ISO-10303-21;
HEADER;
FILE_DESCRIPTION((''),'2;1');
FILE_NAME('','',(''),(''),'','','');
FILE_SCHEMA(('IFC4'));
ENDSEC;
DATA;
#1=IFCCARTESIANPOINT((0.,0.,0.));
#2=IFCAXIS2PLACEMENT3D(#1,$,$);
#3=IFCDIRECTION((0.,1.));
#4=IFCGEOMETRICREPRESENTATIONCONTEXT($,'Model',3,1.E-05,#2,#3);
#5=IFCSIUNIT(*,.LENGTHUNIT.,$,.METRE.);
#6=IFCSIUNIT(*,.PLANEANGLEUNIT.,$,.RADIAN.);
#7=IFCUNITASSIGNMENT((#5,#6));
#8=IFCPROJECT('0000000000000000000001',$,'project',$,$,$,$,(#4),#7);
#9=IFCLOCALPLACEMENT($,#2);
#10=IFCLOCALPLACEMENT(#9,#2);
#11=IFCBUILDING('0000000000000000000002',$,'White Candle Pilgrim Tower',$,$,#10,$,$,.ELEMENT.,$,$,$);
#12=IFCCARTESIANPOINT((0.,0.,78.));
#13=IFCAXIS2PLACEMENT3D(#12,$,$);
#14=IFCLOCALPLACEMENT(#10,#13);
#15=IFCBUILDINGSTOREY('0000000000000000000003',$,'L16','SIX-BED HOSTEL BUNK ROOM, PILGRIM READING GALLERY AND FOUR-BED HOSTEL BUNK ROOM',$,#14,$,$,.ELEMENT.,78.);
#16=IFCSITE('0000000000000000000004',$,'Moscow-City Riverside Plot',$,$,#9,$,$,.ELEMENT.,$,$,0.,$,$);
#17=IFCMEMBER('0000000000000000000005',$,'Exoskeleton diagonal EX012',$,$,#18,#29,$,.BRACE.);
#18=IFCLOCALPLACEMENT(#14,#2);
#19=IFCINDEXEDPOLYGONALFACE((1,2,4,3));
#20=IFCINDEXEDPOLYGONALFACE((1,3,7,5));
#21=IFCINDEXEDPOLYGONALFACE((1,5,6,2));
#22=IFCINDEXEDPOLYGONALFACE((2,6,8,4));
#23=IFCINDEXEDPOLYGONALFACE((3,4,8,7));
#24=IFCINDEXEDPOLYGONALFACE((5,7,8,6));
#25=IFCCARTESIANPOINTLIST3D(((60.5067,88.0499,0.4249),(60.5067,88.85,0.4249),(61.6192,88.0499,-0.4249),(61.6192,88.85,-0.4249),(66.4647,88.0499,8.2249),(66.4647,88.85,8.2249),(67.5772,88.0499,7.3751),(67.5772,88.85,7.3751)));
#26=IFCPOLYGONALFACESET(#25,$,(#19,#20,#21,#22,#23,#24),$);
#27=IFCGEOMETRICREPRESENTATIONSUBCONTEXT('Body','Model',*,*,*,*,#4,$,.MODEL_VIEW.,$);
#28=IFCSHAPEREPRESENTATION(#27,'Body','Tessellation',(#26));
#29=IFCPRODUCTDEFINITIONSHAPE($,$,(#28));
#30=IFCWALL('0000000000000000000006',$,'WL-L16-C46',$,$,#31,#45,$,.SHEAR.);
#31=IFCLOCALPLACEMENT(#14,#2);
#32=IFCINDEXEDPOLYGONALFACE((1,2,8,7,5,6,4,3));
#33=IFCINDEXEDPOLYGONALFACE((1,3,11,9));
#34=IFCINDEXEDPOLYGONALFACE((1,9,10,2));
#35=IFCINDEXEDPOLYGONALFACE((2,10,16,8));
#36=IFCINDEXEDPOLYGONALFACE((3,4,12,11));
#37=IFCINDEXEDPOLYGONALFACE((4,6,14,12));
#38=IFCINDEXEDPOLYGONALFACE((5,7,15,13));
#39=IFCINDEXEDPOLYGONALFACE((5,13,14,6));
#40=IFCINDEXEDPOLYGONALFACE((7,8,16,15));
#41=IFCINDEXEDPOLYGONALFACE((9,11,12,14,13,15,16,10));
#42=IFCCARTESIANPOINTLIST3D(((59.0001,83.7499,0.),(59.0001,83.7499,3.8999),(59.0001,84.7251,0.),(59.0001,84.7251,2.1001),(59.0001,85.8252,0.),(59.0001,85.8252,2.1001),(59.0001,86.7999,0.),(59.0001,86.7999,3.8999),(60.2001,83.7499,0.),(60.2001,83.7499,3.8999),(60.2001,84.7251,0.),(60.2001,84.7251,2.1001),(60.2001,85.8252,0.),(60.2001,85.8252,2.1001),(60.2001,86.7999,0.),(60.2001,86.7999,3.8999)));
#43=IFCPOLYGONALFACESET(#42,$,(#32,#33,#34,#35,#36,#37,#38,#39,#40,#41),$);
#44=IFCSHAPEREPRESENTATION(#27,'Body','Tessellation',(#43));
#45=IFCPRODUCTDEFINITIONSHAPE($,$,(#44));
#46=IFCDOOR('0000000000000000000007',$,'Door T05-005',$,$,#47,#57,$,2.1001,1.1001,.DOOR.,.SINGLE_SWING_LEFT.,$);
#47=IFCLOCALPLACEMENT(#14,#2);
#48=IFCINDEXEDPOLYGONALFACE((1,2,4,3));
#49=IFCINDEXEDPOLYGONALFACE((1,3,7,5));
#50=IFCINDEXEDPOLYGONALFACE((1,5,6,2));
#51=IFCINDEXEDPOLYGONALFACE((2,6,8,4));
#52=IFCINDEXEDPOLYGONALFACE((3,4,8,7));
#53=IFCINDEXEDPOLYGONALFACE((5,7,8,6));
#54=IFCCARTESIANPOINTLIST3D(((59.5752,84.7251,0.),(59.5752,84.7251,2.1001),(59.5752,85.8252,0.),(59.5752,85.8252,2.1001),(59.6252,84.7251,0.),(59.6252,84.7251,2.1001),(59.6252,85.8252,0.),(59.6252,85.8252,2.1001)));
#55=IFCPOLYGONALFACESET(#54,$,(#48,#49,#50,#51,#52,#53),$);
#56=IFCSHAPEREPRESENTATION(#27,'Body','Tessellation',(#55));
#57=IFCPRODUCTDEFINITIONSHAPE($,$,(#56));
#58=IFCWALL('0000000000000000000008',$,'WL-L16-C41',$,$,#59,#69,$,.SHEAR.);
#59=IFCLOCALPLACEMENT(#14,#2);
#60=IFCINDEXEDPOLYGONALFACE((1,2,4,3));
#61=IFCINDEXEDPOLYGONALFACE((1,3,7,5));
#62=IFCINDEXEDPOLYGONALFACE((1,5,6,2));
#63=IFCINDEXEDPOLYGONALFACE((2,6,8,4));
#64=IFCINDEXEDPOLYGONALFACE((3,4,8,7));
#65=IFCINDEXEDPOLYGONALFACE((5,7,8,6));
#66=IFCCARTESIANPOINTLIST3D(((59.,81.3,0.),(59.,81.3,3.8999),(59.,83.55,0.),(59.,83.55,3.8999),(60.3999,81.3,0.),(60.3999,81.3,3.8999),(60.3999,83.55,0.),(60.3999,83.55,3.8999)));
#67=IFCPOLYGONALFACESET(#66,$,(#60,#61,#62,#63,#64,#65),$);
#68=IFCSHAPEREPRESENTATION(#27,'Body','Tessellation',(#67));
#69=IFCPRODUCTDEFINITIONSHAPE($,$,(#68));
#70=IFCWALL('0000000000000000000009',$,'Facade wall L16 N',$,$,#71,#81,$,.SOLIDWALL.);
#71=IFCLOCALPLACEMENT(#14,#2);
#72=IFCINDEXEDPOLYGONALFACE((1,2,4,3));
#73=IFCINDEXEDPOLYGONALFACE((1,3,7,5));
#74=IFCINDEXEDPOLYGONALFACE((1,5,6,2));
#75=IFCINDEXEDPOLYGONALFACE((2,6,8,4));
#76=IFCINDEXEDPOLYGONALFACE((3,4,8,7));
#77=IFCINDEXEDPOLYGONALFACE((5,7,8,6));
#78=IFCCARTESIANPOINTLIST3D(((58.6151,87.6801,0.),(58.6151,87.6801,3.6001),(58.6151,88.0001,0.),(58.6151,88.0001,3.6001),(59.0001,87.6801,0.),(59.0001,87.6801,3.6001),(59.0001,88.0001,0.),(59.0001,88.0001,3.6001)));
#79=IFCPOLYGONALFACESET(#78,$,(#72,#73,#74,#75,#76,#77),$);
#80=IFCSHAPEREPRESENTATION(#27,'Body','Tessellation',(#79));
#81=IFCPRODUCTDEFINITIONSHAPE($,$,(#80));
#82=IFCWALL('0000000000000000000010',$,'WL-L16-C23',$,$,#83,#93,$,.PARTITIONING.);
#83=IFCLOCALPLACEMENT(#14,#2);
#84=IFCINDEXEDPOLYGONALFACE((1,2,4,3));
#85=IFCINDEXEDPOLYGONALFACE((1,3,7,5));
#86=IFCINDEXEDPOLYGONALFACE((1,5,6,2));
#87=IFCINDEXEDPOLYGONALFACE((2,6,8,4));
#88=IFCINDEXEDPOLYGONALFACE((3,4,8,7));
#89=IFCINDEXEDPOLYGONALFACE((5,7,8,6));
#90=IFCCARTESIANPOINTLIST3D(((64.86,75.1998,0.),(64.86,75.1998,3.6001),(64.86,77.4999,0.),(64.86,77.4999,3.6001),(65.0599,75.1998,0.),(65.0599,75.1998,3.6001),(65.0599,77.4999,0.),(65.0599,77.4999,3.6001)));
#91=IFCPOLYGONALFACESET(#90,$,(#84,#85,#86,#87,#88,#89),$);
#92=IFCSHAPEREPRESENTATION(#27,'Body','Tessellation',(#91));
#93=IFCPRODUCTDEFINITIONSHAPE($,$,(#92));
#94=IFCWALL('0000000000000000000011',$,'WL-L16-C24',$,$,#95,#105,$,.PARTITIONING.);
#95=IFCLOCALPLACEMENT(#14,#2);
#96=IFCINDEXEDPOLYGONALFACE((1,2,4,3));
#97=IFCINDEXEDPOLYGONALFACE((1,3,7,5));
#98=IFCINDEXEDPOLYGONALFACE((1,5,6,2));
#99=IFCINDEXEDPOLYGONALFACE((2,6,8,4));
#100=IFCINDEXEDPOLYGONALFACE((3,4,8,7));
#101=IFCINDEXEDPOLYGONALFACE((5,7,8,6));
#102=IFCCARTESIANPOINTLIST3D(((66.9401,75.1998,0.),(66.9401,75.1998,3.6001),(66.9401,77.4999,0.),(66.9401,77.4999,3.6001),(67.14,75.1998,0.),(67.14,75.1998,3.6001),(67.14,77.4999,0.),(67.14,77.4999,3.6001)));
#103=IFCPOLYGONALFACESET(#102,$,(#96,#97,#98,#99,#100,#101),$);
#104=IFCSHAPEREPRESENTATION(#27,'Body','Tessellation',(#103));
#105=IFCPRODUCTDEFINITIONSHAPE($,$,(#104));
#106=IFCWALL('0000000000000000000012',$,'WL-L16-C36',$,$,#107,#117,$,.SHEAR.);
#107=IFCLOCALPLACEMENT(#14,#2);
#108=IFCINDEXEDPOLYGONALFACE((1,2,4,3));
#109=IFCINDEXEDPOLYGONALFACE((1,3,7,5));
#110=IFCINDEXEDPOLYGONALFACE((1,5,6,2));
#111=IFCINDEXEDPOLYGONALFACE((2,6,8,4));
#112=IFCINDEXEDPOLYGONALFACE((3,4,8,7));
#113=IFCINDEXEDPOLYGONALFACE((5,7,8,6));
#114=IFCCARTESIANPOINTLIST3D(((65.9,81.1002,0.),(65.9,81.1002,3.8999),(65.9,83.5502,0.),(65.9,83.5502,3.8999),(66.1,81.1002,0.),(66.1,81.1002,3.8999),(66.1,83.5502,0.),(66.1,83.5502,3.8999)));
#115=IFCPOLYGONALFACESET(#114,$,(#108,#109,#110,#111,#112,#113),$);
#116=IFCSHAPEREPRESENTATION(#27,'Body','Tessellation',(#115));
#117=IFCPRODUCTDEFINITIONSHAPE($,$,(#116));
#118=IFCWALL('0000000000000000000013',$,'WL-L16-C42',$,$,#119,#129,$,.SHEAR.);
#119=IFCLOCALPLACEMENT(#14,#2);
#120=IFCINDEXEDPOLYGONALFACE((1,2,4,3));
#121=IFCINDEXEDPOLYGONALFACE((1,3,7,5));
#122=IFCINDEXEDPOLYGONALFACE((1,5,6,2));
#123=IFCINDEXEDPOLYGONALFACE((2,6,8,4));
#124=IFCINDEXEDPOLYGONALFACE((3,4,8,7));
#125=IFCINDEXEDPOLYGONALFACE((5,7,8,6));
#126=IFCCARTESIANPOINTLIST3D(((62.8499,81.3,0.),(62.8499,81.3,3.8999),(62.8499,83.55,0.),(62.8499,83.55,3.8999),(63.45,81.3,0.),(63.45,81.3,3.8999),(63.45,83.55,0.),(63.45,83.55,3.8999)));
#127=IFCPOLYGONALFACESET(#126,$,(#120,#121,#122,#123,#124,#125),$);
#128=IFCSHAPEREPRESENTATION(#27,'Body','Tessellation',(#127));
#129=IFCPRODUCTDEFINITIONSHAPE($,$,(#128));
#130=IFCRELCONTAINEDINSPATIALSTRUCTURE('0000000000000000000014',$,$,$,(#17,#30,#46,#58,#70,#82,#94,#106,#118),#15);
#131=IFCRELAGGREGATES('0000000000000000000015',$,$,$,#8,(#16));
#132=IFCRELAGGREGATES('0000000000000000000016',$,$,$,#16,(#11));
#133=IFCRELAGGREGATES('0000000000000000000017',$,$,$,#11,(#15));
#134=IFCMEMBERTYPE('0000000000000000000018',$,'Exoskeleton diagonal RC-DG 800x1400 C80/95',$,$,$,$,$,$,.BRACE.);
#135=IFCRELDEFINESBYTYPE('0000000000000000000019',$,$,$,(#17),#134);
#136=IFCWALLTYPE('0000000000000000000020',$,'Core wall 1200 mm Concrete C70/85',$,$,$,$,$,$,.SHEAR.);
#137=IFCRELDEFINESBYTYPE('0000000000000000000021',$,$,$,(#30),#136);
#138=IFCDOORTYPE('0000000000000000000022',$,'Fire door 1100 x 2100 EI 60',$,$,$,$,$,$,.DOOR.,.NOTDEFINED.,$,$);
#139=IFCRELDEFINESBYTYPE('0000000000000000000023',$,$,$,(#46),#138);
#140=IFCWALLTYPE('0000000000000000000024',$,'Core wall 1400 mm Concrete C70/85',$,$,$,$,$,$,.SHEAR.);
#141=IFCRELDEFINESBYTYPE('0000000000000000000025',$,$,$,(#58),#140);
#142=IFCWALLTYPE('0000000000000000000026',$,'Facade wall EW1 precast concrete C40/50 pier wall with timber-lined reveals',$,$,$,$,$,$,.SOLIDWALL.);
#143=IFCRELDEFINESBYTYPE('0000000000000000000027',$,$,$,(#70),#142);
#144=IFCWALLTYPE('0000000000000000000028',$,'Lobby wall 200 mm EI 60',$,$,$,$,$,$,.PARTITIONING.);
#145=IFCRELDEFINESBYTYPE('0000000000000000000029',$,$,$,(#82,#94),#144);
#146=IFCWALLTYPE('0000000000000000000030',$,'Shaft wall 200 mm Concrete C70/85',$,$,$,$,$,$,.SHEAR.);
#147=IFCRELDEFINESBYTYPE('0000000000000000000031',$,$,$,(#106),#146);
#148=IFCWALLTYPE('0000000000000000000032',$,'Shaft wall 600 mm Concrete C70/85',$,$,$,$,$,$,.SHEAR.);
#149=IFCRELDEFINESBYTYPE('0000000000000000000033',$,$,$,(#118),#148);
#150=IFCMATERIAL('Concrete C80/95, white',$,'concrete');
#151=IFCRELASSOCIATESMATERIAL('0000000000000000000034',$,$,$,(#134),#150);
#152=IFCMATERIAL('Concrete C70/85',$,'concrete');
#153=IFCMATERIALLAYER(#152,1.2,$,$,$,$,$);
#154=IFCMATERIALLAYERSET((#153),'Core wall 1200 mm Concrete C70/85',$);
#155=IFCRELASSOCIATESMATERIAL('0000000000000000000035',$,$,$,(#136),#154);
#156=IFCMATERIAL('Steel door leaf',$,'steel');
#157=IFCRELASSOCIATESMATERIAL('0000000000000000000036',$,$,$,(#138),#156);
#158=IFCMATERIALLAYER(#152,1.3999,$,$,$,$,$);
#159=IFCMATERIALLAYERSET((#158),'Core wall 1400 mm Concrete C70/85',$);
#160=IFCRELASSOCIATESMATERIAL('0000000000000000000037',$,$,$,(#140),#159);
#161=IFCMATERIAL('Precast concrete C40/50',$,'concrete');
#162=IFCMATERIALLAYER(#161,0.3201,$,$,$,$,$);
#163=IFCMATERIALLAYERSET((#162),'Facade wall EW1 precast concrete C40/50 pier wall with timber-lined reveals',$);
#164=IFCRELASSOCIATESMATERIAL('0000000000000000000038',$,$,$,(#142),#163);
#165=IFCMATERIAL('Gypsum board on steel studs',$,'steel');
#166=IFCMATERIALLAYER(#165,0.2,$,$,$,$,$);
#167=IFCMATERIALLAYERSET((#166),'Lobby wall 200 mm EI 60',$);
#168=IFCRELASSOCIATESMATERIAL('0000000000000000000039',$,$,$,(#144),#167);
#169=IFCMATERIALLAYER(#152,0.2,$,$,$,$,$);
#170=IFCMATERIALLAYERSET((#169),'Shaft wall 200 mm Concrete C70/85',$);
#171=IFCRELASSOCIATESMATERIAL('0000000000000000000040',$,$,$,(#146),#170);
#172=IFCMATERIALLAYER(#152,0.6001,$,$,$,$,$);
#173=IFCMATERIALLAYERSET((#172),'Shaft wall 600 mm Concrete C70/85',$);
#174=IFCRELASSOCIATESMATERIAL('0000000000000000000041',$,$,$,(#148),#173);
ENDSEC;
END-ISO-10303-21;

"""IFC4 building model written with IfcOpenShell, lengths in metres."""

from ifc_helpers import new_model, si_unit, direction, frame, frame_2d, origin, origin_2d, place, context, subcontext, project, spatial, rectangle, extrude, material, layer, layer_set, material_profile, profile_set, type_object, element, fill, save


model = new_model("IFC4")

# Units and contexts
model_context = context("Model", 3, precision=1e-05, world=origin(), true_north=direction((0.0, 1.0)))
body_context = subcontext(model_context, "Body", "Model", "MODEL_VIEW")
ifc_project = project(units=[si_unit("LENGTHUNIT", "METRE"), si_unit("PLANEANGLEUNIT", "RADIAN")], contexts=[model_context])

# Site, building, storey
site_placement = place(None, origin())
site = spatial("IfcSite", under=ifc_project, at=site_placement, Name="Moscow-City Riverside Plot", CompositionType="ELEMENT", RefElevation=0.0)
building_placement = place(site_placement, origin())
building = spatial("IfcBuilding", under=site, at=building_placement, Name="White Candle Pilgrim Tower", CompositionType="ELEMENT")
storey_placement = place(building_placement, frame((0.0, 0.0, 78.0)))
storey = spatial("IfcBuildingStorey", under=building, at=storey_placement, Name="L16", Description="SIX-BED HOSTEL BUNK ROOM, PILGRIM READING GALLERY AND FOUR-BED HOSTEL BUNK ROOM", CompositionType="ELEMENT", Elevation=78.0)

# Member
ifc_material_1 = material(Name="Concrete C80/95, white", Category="concrete")
ifc_material_profile = material_profile(ifc_material_1, rectangle(XDim=0.8, YDim=1.3999, at=origin_2d()), Name="RC-DG 800x1400")
ifc_profile_set = profile_set([ifc_material_profile], Name="Concrete C80/95, white")
member_type = type_object("IfcMemberType", Name="Exoskeleton diagonal RC-DG 800x1400 C80/95", PredefinedType="BRACE", material=ifc_profile_set)
member_placement = place(storey_placement, frame((61.063, 88.45, 0.0), z_axis=(0.607017, 0.0, 0.794689), x_axis=(0.0, 1.0, 0.0)))
element("IfcMember", 1, at=member_placement, inside=storey, type_object=member_type, Name="Exoskeleton diagonal EX012", PredefinedType="BRACE", context=body_context, shape_type="SweptSolid", body=[
    extrude(rectangle(XDim=0.8, YDim=1.3999, at=origin_2d()), origin(), (0.0, 0.0, 1.0), 9.8152),
])

# Wall, opening, door
ifc_material_2 = material(Name="Concrete C70/85", Category="concrete")
ifc_layer_1 = layer(ifc_material_2, 1.2)
ifc_layer_set_1 = layer_set([ifc_layer_1], Name="Core wall 1200 mm Concrete C70/85")
wall_type_1 = type_object("IfcWallType", Name="Core wall 1200 mm Concrete C70/85", PredefinedType="SHEAR", material=ifc_layer_set_1)
wall_1_placement = place(storey_placement, frame((59.6001, 83.75, 0.0), z_axis=(0.0, 0.0, 1.0), x_axis=(0.0, 1.0, 0.0)))
wall_1 = element("IfcWall", 2, at=wall_1_placement, inside=storey, type_object=wall_type_1, Name="WL-L16-C46", PredefinedType="SHEAR", context=body_context, shape_type="SweptSolid", body=[
    extrude(rectangle(XDim=3.05, YDim=1.2, at=frame_2d((1.5249, 0.0))), origin(), (0.0, 0.0, 1.0), 3.8999),
])
opening_1_placement = place(wall_1_placement, frame((0.9751, 0.0, 0.0)))
opening_1 = element("IfcOpeningElement", 3, at=opening_1_placement, cuts=wall_1, PredefinedType="OPENING", context=body_context, shape_type="SweptSolid", body=[
    extrude(rectangle(XDim=1.1001, YDim=2.1001, at=frame_2d((0.55, 1.05))), frame((0.0, 0.6099, 0.0), z_axis=(0.0, -1.0, 0.0), x_axis=(1.0, 0.0, 0.0)), (0.0, 0.0, 1.0), 1.22),
])
ifc_material_3 = material(Name="Steel door leaf", Category="steel")
door_type_1 = type_object("IfcDoorType", Name="Fire door 1100 x 2100 EI 60", OperationType="NOTDEFINED", PredefinedType="DOOR", material=ifc_material_3)
door_1_placement = place(opening_1_placement, origin())
door_1 = element("IfcDoor", 4, at=door_1_placement, inside=storey, type_object=door_type_1, Name="Door T05-005", OperationType="SINGLE_SWING_LEFT", OverallHeight=2.1001, OverallWidth=1.1001, PredefinedType="DOOR", context=body_context, shape_type="SweptSolid", body=[
    extrude(rectangle(XDim=1.1001, YDim=2.1001, at=frame_2d((0.55, 1.05))), frame((0.0, 0.0249, 0.0), z_axis=(0.0, -1.0, 0.0), x_axis=(1.0, 0.0, 0.0)), (0.0, 0.0, 1.0), 0.05),
])
fill(opening_1, door_1)

# Walls
ifc_layer_2 = layer(ifc_material_2, 1.3999)
ifc_layer_set_2 = layer_set([ifc_layer_2], Name="Core wall 1400 mm Concrete C70/85")
wall_type_2 = type_object("IfcWallType", Name="Core wall 1400 mm Concrete C70/85", PredefinedType="SHEAR", material=ifc_layer_set_2)
wall_2_placement = place(storey_placement, frame((59.7, 81.3, 0.0), z_axis=(0.0, 0.0, 1.0), x_axis=(0.0, 1.0, 0.0)))
element("IfcWall", 5, at=wall_2_placement, inside=storey, type_object=wall_type_2, Name="WL-L16-C41", PredefinedType="SHEAR", context=body_context, shape_type="SweptSolid", body=[
    extrude(rectangle(XDim=2.25, YDim=1.3999, at=frame_2d((1.125, 0.0))), origin(), (0.0, 0.0, 1.0), 3.8999),
])
ifc_material_4 = material(Name="Precast concrete C40/50", Category="concrete")
ifc_layer_3 = layer(ifc_material_4, 0.3201)
ifc_layer_set_3 = layer_set([ifc_layer_3], Name="Facade wall EW1 precast concrete C40/50 pier wall with timber-lined reveals")
wall_type_3 = type_object("IfcWallType", Name="Facade wall EW1 precast concrete C40/50 pier wall with timber-lined reveals", PredefinedType="SOLIDWALL", material=ifc_layer_set_3)
wall_3_placement = place(storey_placement, frame((59.0, 87.8401, 0.0), z_axis=(0.0, 0.0, 1.0), x_axis=(-1.0, 0.0, 0.0)))
element("IfcWall", 6, at=wall_3_placement, inside=storey, type_object=wall_type_3, Name="Facade wall L16 N", PredefinedType="SOLIDWALL", context=body_context, shape_type="SweptSolid", body=[
    extrude(rectangle(XDim=0.385, YDim=0.3201, at=frame_2d((0.1924, 0.0))), origin(), (0.0, 0.0, 1.0), 3.6001),
])
ifc_material_5 = material(Name="Gypsum board on steel studs", Category="steel")
ifc_layer_4 = layer(ifc_material_5, 0.2)
ifc_layer_set_4 = layer_set([ifc_layer_4], Name="Lobby wall 200 mm EI 60")
wall_type_4 = type_object("IfcWallType", Name="Lobby wall 200 mm EI 60", PredefinedType="PARTITIONING", material=ifc_layer_set_4)
for number, where, z_axis, x_axis, name in (
    (7, (64.96, 75.2, 0.0), (0.0, 0.0, 1.0), (0.0, 1.0, 0.0), "WL-L16-C23"),
    (8, (67.04, 75.2, 0.0), (0.0, 0.0, 1.0), (0.0, 1.0, 0.0), "WL-L16-C24"),
):
    element("IfcWall", number, at=place(storey_placement, frame(where, z_axis=z_axis, x_axis=x_axis)), inside=storey, type_object=wall_type_4, Name=name, PredefinedType="PARTITIONING", context=body_context, shape_type="SweptSolid", body=[
        extrude(rectangle(XDim=2.3, YDim=0.2, at=frame_2d((1.1499, 0.0))), origin(), (0.0, 0.0, 1.0), 3.6001),
    ])
ifc_layer_5 = layer(ifc_material_2, 0.2)
ifc_layer_set_5 = layer_set([ifc_layer_5], Name="Shaft wall 200 mm Concrete C70/85")
wall_type_5 = type_object("IfcWallType", Name="Shaft wall 200 mm Concrete C70/85", PredefinedType="SHEAR", material=ifc_layer_set_5)
wall_4_placement = place(storey_placement, frame((66.0, 81.1001, 0.0), z_axis=(0.0, 0.0, 1.0), x_axis=(0.0, 1.0, 0.0)))
element("IfcWall", 9, at=wall_4_placement, inside=storey, type_object=wall_type_5, Name="WL-L16-C36", PredefinedType="SHEAR", context=body_context, shape_type="SweptSolid", body=[
    extrude(rectangle(XDim=2.45, YDim=0.2, at=frame_2d((1.2251, 0.0))), origin(), (0.0, 0.0, 1.0), 3.8999),
])
ifc_layer_6 = layer(ifc_material_2, 0.6001)
ifc_layer_set_6 = layer_set([ifc_layer_6], Name="Shaft wall 600 mm Concrete C70/85")
wall_type_6 = type_object("IfcWallType", Name="Shaft wall 600 mm Concrete C70/85", PredefinedType="SHEAR", material=ifc_layer_set_6)
wall_5_placement = place(storey_placement, frame((63.1499, 81.3, 0.0), z_axis=(0.0, 0.0, 1.0), x_axis=(0.0, 1.0, 0.0)))
element("IfcWall", 10, at=wall_5_placement, inside=storey, type_object=wall_type_6, Name="WL-L16-C42", PredefinedType="SHEAR", context=body_context, shape_type="SweptSolid", body=[
    extrude(rectangle(XDim=2.25, YDim=0.6001, at=frame_2d((1.125, 0.0))), origin(), (0.0, 0.0, 1.0), 3.8999),
])

save(model, "model.ifc")
